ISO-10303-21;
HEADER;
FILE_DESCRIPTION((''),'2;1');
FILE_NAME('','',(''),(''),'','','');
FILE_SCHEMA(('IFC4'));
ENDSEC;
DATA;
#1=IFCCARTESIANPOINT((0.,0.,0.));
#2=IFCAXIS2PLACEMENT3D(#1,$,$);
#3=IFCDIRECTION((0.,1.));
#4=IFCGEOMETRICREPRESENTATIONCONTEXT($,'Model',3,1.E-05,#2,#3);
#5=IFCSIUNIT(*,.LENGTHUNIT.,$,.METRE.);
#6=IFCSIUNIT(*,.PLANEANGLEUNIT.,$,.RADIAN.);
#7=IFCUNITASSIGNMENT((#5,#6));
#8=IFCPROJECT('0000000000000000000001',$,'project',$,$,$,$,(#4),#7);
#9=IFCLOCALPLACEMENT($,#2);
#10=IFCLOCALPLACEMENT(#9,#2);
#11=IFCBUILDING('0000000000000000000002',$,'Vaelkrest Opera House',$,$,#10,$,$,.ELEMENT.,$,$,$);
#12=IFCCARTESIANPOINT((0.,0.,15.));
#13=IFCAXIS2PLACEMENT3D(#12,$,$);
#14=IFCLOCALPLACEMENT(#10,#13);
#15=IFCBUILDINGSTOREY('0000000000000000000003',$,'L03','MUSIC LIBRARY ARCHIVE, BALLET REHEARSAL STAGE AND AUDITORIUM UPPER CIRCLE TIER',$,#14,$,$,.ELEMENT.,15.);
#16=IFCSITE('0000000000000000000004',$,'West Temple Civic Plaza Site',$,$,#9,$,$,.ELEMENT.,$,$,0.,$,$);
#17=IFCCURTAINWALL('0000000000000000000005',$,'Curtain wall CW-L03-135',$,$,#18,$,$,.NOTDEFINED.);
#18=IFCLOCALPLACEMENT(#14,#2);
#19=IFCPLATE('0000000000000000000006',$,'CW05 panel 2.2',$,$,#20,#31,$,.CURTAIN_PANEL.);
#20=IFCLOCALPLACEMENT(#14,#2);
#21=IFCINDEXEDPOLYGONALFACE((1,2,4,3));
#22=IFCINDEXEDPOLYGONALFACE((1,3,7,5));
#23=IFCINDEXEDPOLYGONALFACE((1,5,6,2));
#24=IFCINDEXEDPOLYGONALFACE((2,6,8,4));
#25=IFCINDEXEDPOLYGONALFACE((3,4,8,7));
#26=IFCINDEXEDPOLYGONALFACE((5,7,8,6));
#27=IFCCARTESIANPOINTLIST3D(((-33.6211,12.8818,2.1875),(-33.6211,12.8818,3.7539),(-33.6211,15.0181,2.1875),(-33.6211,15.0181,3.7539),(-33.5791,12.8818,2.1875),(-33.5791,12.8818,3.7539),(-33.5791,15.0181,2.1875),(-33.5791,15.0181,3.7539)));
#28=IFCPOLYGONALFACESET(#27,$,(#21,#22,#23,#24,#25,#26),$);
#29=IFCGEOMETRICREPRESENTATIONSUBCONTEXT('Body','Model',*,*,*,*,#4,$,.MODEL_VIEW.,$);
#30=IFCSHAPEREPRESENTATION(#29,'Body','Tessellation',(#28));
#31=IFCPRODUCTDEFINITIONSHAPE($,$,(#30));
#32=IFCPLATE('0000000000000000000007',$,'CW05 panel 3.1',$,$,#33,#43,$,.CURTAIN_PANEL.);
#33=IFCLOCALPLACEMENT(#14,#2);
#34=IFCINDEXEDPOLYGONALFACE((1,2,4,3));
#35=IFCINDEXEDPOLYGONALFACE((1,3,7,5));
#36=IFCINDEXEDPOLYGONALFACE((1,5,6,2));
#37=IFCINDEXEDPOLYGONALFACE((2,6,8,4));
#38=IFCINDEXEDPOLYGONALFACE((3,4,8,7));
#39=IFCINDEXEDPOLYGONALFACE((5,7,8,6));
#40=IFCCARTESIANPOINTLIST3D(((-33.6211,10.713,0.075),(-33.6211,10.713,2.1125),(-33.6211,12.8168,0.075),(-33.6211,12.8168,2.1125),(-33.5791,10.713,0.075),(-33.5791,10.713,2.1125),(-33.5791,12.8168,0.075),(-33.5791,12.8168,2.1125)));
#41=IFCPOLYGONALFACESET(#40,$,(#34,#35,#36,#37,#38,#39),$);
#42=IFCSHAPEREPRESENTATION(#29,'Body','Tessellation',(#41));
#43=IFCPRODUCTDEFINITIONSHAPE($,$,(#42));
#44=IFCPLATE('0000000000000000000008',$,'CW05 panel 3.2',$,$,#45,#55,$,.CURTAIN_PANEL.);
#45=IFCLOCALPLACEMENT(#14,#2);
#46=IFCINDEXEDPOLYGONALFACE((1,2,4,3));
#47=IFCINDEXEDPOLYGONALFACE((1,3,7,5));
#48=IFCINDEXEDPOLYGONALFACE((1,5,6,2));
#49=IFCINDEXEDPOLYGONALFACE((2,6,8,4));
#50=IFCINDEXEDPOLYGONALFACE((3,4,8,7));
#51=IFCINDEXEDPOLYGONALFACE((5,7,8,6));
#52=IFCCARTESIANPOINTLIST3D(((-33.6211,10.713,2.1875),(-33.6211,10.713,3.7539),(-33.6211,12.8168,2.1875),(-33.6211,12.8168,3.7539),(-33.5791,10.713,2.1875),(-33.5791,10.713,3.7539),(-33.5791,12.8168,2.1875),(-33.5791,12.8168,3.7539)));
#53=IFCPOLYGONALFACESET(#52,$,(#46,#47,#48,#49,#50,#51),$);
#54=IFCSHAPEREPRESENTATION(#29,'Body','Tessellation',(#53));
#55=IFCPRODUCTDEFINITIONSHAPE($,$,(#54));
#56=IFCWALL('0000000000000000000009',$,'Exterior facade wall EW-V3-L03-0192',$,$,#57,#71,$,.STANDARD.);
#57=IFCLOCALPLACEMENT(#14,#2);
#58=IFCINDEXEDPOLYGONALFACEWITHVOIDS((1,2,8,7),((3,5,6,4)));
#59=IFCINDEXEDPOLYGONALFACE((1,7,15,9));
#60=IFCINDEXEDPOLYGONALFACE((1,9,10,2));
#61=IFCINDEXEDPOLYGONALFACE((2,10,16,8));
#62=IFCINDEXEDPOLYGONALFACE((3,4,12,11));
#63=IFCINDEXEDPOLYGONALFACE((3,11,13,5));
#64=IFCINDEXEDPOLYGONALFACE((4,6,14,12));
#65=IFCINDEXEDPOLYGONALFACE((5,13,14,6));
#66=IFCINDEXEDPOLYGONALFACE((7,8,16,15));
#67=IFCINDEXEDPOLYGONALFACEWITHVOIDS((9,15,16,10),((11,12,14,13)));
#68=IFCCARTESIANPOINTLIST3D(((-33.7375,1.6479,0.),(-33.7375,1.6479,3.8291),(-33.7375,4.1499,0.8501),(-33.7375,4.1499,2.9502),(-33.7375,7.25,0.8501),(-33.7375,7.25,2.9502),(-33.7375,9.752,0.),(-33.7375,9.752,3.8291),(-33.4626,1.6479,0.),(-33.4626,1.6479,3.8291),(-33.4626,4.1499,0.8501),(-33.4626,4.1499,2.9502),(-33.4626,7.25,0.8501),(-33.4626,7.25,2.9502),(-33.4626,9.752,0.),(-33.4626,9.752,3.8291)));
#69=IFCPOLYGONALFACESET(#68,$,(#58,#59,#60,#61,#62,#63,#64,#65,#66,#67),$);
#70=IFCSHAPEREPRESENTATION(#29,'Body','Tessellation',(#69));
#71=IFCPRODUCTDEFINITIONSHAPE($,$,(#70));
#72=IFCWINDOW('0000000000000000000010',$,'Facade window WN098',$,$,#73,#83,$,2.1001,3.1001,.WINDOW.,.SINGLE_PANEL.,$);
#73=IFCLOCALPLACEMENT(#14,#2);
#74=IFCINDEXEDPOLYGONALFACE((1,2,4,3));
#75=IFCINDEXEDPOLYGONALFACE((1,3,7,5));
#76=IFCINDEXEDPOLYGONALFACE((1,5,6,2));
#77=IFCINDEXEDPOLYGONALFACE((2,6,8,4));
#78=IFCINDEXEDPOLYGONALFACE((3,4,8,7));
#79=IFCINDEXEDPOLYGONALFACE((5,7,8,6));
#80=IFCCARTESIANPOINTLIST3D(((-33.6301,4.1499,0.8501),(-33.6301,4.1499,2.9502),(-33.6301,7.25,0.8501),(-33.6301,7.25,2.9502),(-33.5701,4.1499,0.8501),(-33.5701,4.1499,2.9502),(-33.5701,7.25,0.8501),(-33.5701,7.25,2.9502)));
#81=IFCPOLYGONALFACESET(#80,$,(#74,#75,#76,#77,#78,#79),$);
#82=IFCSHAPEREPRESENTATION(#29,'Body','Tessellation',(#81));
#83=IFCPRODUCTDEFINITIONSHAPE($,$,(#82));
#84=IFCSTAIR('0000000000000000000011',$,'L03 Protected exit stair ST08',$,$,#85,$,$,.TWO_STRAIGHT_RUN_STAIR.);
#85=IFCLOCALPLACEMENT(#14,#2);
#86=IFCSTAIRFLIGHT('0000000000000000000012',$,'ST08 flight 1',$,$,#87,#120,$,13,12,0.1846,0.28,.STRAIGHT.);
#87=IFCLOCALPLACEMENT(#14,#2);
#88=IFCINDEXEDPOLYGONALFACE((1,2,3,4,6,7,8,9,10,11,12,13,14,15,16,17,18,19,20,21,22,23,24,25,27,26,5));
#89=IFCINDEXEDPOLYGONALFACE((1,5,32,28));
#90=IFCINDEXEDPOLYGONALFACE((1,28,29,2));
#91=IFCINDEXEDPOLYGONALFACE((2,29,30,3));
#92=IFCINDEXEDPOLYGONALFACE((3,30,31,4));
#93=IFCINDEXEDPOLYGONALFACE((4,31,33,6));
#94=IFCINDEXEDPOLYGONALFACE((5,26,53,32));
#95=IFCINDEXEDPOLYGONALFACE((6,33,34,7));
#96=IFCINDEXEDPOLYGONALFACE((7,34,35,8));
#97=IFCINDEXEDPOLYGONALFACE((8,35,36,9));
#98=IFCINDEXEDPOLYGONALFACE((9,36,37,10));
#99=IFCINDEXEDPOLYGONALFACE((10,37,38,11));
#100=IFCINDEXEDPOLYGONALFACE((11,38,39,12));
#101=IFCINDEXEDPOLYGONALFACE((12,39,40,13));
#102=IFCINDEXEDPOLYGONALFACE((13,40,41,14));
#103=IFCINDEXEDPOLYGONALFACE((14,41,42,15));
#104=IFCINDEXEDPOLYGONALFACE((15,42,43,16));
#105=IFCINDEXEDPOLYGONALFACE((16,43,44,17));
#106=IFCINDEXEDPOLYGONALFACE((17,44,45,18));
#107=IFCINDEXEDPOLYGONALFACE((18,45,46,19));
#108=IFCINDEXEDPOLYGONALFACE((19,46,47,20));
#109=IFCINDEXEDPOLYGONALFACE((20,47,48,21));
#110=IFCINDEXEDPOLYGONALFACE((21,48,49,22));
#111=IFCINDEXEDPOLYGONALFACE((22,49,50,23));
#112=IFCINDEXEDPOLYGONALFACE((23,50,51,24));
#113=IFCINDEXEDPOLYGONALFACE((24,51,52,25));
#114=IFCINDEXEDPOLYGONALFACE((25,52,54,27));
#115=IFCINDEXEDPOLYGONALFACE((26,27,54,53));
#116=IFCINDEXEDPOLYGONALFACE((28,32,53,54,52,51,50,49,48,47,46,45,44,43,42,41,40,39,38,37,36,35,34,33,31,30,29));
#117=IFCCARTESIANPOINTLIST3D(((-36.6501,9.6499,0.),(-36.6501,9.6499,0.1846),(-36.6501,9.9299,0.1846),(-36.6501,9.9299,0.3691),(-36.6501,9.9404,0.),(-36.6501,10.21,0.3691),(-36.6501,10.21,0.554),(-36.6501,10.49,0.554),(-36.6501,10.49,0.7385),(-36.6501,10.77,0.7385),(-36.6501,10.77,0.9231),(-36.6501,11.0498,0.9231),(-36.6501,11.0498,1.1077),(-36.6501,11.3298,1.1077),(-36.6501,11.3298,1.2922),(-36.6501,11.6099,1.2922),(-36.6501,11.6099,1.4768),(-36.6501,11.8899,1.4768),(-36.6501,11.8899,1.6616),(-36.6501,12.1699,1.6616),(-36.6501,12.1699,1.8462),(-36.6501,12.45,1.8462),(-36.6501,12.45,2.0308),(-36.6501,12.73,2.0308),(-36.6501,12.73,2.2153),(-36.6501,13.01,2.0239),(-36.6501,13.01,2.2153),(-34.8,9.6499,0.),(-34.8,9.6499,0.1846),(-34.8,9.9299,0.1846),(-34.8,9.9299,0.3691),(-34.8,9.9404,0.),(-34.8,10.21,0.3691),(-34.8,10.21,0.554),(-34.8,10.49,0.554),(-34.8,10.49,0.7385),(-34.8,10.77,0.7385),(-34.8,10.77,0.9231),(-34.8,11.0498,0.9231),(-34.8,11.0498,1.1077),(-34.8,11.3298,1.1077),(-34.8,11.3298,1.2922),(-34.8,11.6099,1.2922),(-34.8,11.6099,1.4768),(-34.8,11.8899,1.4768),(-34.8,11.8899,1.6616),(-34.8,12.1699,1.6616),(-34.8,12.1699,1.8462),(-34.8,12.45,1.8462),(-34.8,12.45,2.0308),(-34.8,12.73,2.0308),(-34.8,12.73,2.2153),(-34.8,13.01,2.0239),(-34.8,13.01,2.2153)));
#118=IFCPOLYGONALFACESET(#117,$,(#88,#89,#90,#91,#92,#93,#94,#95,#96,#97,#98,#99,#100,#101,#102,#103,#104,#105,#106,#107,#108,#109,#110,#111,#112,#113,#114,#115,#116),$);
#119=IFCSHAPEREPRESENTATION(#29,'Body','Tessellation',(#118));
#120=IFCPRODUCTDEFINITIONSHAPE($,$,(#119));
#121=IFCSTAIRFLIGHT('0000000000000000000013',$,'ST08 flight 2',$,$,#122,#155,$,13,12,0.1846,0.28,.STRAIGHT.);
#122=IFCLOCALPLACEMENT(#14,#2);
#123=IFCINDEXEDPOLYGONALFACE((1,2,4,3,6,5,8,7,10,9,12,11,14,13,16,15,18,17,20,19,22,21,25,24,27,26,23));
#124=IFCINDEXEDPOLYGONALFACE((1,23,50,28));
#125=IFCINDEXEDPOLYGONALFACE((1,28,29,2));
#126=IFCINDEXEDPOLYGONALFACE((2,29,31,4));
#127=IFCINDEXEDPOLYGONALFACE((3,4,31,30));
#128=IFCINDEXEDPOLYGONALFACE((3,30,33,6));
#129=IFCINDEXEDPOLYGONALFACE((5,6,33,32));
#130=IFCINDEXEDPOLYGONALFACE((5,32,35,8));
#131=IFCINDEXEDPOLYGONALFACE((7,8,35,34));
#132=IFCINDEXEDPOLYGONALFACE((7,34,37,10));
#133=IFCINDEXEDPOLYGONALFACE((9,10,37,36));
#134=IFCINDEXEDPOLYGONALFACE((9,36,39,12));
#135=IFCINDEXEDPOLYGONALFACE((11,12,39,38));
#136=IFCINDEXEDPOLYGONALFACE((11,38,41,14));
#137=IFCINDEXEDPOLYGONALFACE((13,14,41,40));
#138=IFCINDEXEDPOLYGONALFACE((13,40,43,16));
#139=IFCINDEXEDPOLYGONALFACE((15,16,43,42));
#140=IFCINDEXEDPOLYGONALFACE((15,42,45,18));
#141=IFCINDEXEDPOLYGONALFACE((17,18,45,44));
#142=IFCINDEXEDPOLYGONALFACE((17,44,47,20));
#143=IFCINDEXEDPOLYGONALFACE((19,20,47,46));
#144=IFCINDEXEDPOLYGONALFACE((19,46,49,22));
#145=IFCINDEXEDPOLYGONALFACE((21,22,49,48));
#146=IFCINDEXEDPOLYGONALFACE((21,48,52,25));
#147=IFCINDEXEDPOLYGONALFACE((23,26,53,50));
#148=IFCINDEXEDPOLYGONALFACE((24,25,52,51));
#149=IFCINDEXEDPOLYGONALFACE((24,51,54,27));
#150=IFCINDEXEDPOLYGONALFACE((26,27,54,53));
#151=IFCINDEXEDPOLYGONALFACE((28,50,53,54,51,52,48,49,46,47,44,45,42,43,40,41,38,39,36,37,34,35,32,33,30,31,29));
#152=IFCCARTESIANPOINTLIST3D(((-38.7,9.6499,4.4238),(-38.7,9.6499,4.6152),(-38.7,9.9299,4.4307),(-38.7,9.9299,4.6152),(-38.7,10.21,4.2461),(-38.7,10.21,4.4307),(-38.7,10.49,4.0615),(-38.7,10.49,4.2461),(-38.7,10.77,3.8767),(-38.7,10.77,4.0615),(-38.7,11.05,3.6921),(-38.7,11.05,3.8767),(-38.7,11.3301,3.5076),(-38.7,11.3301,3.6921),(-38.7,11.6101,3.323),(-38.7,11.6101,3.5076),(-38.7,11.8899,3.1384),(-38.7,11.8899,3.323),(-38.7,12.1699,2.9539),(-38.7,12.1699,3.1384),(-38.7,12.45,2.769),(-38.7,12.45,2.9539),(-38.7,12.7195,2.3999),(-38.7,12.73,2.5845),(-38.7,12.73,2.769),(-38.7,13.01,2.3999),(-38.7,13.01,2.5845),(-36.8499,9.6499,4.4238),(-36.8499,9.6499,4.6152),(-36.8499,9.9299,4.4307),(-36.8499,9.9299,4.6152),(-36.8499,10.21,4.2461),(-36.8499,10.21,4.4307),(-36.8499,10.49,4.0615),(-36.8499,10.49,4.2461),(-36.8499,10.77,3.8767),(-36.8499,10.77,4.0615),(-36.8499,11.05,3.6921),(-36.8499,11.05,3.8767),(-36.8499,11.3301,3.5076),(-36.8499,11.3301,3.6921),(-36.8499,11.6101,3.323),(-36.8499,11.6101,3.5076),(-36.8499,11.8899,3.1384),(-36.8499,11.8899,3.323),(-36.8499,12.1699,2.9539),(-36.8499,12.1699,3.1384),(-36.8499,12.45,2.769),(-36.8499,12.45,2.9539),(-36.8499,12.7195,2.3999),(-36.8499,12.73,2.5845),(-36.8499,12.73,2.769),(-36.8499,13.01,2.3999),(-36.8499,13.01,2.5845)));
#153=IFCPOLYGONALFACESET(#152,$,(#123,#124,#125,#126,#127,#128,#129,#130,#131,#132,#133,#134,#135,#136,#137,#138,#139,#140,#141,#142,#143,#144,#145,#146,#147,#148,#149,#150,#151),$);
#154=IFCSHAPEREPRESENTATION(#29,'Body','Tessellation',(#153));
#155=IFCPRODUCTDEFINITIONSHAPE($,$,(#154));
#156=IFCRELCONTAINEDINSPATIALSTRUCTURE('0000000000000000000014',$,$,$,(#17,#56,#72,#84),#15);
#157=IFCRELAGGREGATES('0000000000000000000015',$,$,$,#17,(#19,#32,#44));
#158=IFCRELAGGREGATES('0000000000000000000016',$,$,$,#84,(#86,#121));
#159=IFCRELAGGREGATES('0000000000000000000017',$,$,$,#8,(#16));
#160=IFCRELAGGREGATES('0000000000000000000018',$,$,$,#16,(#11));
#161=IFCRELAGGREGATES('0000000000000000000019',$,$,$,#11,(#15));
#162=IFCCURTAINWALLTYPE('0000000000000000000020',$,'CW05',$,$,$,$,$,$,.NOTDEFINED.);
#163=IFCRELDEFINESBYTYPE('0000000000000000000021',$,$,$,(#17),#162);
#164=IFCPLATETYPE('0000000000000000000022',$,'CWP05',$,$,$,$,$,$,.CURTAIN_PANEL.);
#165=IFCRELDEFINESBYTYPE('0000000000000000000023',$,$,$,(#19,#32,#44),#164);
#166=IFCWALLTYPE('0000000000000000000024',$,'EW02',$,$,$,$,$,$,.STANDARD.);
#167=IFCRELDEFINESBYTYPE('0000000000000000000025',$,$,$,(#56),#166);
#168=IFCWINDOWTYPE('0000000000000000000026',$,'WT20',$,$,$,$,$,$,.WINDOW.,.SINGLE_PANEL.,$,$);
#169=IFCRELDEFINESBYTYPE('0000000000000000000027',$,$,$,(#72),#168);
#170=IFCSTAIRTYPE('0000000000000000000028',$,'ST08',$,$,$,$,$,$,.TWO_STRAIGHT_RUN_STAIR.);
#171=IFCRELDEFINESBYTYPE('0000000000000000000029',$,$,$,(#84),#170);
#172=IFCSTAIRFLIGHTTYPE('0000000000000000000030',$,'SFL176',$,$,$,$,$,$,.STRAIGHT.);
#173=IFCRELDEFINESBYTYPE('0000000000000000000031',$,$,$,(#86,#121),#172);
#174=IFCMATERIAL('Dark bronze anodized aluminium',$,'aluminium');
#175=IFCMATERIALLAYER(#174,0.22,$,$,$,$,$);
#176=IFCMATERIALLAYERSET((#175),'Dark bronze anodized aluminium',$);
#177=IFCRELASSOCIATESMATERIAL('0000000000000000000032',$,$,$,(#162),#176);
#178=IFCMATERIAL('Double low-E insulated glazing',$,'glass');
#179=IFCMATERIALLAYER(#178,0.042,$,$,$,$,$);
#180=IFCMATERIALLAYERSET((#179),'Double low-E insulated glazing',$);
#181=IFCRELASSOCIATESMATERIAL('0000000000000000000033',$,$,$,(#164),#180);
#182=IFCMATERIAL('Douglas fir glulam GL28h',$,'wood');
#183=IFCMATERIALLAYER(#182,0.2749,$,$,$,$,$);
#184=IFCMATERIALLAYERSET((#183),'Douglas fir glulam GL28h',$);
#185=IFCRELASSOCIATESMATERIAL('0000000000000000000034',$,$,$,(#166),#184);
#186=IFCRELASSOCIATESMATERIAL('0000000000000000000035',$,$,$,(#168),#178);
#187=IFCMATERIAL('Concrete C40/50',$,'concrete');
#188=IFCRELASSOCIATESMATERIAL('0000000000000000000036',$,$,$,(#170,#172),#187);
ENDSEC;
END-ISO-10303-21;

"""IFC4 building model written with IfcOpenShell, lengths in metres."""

from ifc_helpers import new_model, si_unit, direction, frame, frame_2d, origin, origin_2d, place, context, subcontext, project, spatial, polyline, rectangle, outline, extrude, material, layer, layer_set, type_object, element, fill, aggregate, save


model = new_model("IFC4")

# Units and contexts
model_context = context("Model", 3, precision=1e-05, world=origin(), true_north=direction((0.0, 1.0)))
body_context = subcontext(model_context, "Body", "Model", "MODEL_VIEW")
ifc_project = project(units=[si_unit("LENGTHUNIT", "METRE"), si_unit("PLANEANGLEUNIT", "RADIAN")], contexts=[model_context])

# Site, building, storey
site_placement = place(None, origin())
site = spatial("IfcSite", under=ifc_project, at=site_placement, Name="West Temple Civic Plaza Site", CompositionType="ELEMENT", RefElevation=0.0)
building_placement = place(site_placement, origin())
building = spatial("IfcBuilding", under=site, at=building_placement, Name="Vaelkrest Opera House", CompositionType="ELEMENT")
storey_placement = place(building_placement, frame((0.0, 0.0, 15.0)))
storey = spatial("IfcBuildingStorey", under=building, at=storey_placement, Name="L03", Description="MUSIC LIBRARY ARCHIVE, BALLET REHEARSAL STAGE AND AUDITORIUM UPPER CIRCLE TIER", CompositionType="ELEMENT", Elevation=15.0)

# Curtain wall
ifc_material_1 = material(Name="Dark bronze anodized aluminium", Category="aluminium")
ifc_layer_1 = layer(ifc_material_1, 0.22)
ifc_layer_set_1 = layer_set([ifc_layer_1], Name="Dark bronze anodized aluminium")
curtain_wall_type = type_object("IfcCurtainWallType", Name="CW05", PredefinedType="NOTDEFINED", material=ifc_layer_set_1)
curtain_wall_placement = place(storey_placement, origin())
curtain_wall = element("IfcCurtainWall", 1, at=curtain_wall_placement, inside=storey, type_object=curtain_wall_type, Name="Curtain wall CW-L03-135", PredefinedType="NOTDEFINED")

# Plates
ifc_material_2 = material(Name="Double low-E insulated glazing", Category="glass")
ifc_layer_2 = layer(ifc_material_2, 0.042)
ifc_layer_set_2 = layer_set([ifc_layer_2], Name="Double low-E insulated glazing")
plate_type = type_object("IfcPlateType", Name="CWP05", PredefinedType="CURTAIN_PANEL", material=ifc_layer_set_2)
plate_1_placement = place(storey_placement, frame((-33.6001, 13.95, 2.1875), z_axis=(0.0, 0.0, 1.0), x_axis=(0.0, -1.0, 0.0)))
plate_1 = element("IfcPlate", 2, at=plate_1_placement, type_object=plate_type, Name="CW05 panel 2.2", PredefinedType="CURTAIN_PANEL", context=body_context, shape_type="SweptSolid", body=[
    extrude(rectangle(XDim=2.1362, YDim=0.042, at=origin_2d()), origin(), (0.0, 0.0, 1.0), 1.5664),
])
plate_2_placement = place(storey_placement, frame((-33.6001, 11.7649, 0.075), z_axis=(0.0, 0.0, 1.0), x_axis=(0.0, -1.0, 0.0)))
plate_2 = element("IfcPlate", 3, at=plate_2_placement, type_object=plate_type, Name="CW05 panel 3.1", PredefinedType="CURTAIN_PANEL", context=body_context, shape_type="SweptSolid", body=[
    extrude(rectangle(XDim=2.1038, YDim=0.042, at=origin_2d()), origin(), (0.0, 0.0, 1.0), 2.0376),
])
plate_3_placement = place(storey_placement, frame((-33.6001, 11.7649, 2.1875), z_axis=(0.0, 0.0, 1.0), x_axis=(0.0, -1.0, 0.0)))
plate_3 = element("IfcPlate", 4, at=plate_3_placement, type_object=plate_type, Name="CW05 panel 3.2", PredefinedType="CURTAIN_PANEL", context=body_context, shape_type="SweptSolid", body=[
    extrude(rectangle(XDim=2.1038, YDim=0.042, at=origin_2d()), origin(), (0.0, 0.0, 1.0), 1.5664),
])
aggregate(curtain_wall, [plate_1, plate_2, plate_3])

# Wall, opening, window
ifc_material_3 = material(Name="Douglas fir glulam GL28h", Category="wood")
ifc_layer_3 = layer(ifc_material_3, 0.2749)
ifc_layer_set_3 = layer_set([ifc_layer_3], Name="Douglas fir glulam GL28h")
wall_type_1 = type_object("IfcWallType", Name="EW02", PredefinedType="STANDARD", material=ifc_layer_set_3)
wall_1_placement = place(storey_placement, frame((-33.6001, 9.752, 0.0), z_axis=(0.0, 0.0, 1.0), x_axis=(0.0, -1.0, 0.0)))
wall_1 = element("IfcWall", 5, at=wall_1_placement, inside=storey, type_object=wall_type_1, Name="Exterior facade wall EW-V3-L03-0192", PredefinedType="STANDARD", context=body_context, shape_type="SweptSolid", body=[
    extrude(rectangle(XDim=8.104, YDim=0.2749, at=frame_2d((4.052, 0.0))), origin(), (0.0, 0.0, 1.0), 3.8291),
])
opening_1_placement = place(wall_1_placement, frame((2.502, 0.0, 0.8501)))
opening_1 = element("IfcOpeningElement", 6, at=opening_1_placement, cuts=wall_1, PredefinedType="OPENING", context=body_context, shape_type="SweptSolid", body=[
    extrude(rectangle(XDim=3.1001, YDim=2.1001, at=frame_2d((1.55, 1.05))), frame((0.0, 0.1475, 0.0), z_axis=(0.0, -1.0, 0.0), x_axis=(1.0, 0.0, 0.0)), (0.0, 0.0, 1.0), 0.2949),
])
window_type = type_object("IfcWindowType", Name="WT20", PartitioningType="SINGLE_PANEL", PredefinedType="WINDOW", material=ifc_material_2)
window_placement = place(opening_1_placement, origin())
window = element("IfcWindow", 7, at=window_placement, inside=storey, type_object=window_type, Name="Facade window WN098", OverallHeight=2.1001, OverallWidth=3.1001, PartitioningType="SINGLE_PANEL", PredefinedType="WINDOW", context=body_context, shape_type="SweptSolid", body=[
    extrude(rectangle(XDim=3.1001, YDim=2.1001, at=frame_2d((1.55, 1.05))), frame((0.0, 0.03, 0.0), z_axis=(0.0, -1.0, 0.0), x_axis=(1.0, 0.0, 0.0)), (0.0, 0.0, 1.0), 0.0601),
])
fill(opening_1, window)

# Stair, stair flights
ifc_material_4 = material(Name="Concrete C40/50", Category="concrete")
stair_type = type_object("IfcStairType", Name="ST08", PredefinedType="TWO_STRAIGHT_RUN_STAIR", material=ifc_material_4)
stair_placement = place(storey_placement, origin())
stair = element("IfcStair", 8, at=stair_placement, inside=storey, type_object=stair_type, Name="L03 Protected exit stair ST08", PredefinedType="TWO_STRAIGHT_RUN_STAIR")
stair_flight_type = type_object("IfcStairFlightType", Name="SFL176", PredefinedType="STRAIGHT", material=ifc_material_4)
stair_flight_1_placement = place(storey_placement, frame((-35.7251, 9.6499, 0.0), z_axis=(0.0, 0.0, 1.0), x_axis=(0.0, 1.0, 0.0)))
stair_flight_1 = element("IfcStairFlight", 9, at=stair_flight_1_placement, type_object=stair_flight_type, Name="ST08 flight 1", NumberOfRisers=13, NumberOfTreads=12, PredefinedType="STRAIGHT", RiserHeight=0.1846, TreadLength=0.28, context=body_context, shape_type="SweptSolid", body=[
    extrude(outline(polyline([(0.0, 0.0), (0.0, 0.1846), (0.28, 0.1846), (0.28, 0.3691), (0.5601, 0.3691), (0.5601, 0.554), (0.8401, 0.554), (0.8401, 0.7385), (1.1201, 0.7385), (1.1201, 0.9231), (1.3999, 0.9231), (1.3999, 1.1077), (1.6799, 1.1077), (1.6799, 1.2922), (1.96, 1.2922), (1.96, 1.4768), (2.24, 1.4768), (2.24, 1.6616), (2.52, 1.6616), (2.52, 1.8462), (2.8, 1.8462), (2.8, 2.0308), (3.0801, 2.0308), (3.0801, 2.2153), (3.3601, 2.2153), (3.3601, 2.3999), (3.3601, 2.0239), (0.2905, 0.0), (0.0, 0.0)])), frame((0.0, 0.925, 0.0), z_axis=(0.0, -1.0, 0.0), x_axis=(1.0, 0.0, 0.0)), (0.0, 0.0, 1.0), 1.8501),
])
stair_flight_2_placement = place(storey_placement, frame((-37.7749, 13.01, 2.3999), z_axis=(0.0, 0.0, 1.0), x_axis=(0.0, -1.0, 0.0)))
stair_flight_2 = element("IfcStairFlight", 10, at=stair_flight_2_placement, type_object=stair_flight_type, Name="ST08 flight 2", NumberOfRisers=13, NumberOfTreads=12, PredefinedType="STRAIGHT", RiserHeight=0.1846, TreadLength=0.28, context=body_context, shape_type="SweptSolid", body=[
    extrude(outline(polyline([(0.0, 0.0), (0.0, 0.1846), (0.28, 0.1846), (0.28, 0.3691), (0.5601, 0.3691), (0.5601, 0.554), (0.8401, 0.554), (0.8401, 0.7385), (1.1201, 0.7385), (1.1201, 0.9231), (1.3999, 0.9231), (1.3999, 1.1077), (1.6799, 1.1077), (1.6799, 1.2922), (1.96, 1.2922), (1.96, 1.4768), (2.24, 1.4768), (2.24, 1.6616), (2.52, 1.6616), (2.52, 1.8462), (2.8, 1.8462), (2.8, 2.0308), (3.0801, 2.0308), (3.0801, 2.2153), (3.3601, 2.2153), (3.3601, 2.3999), (3.3601, 2.0239), (0.2905, 0.0), (0.0, 0.0)])), frame((0.0, 0.925, 0.0), z_axis=(0.0, -1.0, 0.0), x_axis=(1.0, 0.0, 0.0)), (0.0, 0.0, 1.0), 1.8501),
])
aggregate(stair, [stair_flight_1, stair_flight_2])

save(model, "model.ifc")
